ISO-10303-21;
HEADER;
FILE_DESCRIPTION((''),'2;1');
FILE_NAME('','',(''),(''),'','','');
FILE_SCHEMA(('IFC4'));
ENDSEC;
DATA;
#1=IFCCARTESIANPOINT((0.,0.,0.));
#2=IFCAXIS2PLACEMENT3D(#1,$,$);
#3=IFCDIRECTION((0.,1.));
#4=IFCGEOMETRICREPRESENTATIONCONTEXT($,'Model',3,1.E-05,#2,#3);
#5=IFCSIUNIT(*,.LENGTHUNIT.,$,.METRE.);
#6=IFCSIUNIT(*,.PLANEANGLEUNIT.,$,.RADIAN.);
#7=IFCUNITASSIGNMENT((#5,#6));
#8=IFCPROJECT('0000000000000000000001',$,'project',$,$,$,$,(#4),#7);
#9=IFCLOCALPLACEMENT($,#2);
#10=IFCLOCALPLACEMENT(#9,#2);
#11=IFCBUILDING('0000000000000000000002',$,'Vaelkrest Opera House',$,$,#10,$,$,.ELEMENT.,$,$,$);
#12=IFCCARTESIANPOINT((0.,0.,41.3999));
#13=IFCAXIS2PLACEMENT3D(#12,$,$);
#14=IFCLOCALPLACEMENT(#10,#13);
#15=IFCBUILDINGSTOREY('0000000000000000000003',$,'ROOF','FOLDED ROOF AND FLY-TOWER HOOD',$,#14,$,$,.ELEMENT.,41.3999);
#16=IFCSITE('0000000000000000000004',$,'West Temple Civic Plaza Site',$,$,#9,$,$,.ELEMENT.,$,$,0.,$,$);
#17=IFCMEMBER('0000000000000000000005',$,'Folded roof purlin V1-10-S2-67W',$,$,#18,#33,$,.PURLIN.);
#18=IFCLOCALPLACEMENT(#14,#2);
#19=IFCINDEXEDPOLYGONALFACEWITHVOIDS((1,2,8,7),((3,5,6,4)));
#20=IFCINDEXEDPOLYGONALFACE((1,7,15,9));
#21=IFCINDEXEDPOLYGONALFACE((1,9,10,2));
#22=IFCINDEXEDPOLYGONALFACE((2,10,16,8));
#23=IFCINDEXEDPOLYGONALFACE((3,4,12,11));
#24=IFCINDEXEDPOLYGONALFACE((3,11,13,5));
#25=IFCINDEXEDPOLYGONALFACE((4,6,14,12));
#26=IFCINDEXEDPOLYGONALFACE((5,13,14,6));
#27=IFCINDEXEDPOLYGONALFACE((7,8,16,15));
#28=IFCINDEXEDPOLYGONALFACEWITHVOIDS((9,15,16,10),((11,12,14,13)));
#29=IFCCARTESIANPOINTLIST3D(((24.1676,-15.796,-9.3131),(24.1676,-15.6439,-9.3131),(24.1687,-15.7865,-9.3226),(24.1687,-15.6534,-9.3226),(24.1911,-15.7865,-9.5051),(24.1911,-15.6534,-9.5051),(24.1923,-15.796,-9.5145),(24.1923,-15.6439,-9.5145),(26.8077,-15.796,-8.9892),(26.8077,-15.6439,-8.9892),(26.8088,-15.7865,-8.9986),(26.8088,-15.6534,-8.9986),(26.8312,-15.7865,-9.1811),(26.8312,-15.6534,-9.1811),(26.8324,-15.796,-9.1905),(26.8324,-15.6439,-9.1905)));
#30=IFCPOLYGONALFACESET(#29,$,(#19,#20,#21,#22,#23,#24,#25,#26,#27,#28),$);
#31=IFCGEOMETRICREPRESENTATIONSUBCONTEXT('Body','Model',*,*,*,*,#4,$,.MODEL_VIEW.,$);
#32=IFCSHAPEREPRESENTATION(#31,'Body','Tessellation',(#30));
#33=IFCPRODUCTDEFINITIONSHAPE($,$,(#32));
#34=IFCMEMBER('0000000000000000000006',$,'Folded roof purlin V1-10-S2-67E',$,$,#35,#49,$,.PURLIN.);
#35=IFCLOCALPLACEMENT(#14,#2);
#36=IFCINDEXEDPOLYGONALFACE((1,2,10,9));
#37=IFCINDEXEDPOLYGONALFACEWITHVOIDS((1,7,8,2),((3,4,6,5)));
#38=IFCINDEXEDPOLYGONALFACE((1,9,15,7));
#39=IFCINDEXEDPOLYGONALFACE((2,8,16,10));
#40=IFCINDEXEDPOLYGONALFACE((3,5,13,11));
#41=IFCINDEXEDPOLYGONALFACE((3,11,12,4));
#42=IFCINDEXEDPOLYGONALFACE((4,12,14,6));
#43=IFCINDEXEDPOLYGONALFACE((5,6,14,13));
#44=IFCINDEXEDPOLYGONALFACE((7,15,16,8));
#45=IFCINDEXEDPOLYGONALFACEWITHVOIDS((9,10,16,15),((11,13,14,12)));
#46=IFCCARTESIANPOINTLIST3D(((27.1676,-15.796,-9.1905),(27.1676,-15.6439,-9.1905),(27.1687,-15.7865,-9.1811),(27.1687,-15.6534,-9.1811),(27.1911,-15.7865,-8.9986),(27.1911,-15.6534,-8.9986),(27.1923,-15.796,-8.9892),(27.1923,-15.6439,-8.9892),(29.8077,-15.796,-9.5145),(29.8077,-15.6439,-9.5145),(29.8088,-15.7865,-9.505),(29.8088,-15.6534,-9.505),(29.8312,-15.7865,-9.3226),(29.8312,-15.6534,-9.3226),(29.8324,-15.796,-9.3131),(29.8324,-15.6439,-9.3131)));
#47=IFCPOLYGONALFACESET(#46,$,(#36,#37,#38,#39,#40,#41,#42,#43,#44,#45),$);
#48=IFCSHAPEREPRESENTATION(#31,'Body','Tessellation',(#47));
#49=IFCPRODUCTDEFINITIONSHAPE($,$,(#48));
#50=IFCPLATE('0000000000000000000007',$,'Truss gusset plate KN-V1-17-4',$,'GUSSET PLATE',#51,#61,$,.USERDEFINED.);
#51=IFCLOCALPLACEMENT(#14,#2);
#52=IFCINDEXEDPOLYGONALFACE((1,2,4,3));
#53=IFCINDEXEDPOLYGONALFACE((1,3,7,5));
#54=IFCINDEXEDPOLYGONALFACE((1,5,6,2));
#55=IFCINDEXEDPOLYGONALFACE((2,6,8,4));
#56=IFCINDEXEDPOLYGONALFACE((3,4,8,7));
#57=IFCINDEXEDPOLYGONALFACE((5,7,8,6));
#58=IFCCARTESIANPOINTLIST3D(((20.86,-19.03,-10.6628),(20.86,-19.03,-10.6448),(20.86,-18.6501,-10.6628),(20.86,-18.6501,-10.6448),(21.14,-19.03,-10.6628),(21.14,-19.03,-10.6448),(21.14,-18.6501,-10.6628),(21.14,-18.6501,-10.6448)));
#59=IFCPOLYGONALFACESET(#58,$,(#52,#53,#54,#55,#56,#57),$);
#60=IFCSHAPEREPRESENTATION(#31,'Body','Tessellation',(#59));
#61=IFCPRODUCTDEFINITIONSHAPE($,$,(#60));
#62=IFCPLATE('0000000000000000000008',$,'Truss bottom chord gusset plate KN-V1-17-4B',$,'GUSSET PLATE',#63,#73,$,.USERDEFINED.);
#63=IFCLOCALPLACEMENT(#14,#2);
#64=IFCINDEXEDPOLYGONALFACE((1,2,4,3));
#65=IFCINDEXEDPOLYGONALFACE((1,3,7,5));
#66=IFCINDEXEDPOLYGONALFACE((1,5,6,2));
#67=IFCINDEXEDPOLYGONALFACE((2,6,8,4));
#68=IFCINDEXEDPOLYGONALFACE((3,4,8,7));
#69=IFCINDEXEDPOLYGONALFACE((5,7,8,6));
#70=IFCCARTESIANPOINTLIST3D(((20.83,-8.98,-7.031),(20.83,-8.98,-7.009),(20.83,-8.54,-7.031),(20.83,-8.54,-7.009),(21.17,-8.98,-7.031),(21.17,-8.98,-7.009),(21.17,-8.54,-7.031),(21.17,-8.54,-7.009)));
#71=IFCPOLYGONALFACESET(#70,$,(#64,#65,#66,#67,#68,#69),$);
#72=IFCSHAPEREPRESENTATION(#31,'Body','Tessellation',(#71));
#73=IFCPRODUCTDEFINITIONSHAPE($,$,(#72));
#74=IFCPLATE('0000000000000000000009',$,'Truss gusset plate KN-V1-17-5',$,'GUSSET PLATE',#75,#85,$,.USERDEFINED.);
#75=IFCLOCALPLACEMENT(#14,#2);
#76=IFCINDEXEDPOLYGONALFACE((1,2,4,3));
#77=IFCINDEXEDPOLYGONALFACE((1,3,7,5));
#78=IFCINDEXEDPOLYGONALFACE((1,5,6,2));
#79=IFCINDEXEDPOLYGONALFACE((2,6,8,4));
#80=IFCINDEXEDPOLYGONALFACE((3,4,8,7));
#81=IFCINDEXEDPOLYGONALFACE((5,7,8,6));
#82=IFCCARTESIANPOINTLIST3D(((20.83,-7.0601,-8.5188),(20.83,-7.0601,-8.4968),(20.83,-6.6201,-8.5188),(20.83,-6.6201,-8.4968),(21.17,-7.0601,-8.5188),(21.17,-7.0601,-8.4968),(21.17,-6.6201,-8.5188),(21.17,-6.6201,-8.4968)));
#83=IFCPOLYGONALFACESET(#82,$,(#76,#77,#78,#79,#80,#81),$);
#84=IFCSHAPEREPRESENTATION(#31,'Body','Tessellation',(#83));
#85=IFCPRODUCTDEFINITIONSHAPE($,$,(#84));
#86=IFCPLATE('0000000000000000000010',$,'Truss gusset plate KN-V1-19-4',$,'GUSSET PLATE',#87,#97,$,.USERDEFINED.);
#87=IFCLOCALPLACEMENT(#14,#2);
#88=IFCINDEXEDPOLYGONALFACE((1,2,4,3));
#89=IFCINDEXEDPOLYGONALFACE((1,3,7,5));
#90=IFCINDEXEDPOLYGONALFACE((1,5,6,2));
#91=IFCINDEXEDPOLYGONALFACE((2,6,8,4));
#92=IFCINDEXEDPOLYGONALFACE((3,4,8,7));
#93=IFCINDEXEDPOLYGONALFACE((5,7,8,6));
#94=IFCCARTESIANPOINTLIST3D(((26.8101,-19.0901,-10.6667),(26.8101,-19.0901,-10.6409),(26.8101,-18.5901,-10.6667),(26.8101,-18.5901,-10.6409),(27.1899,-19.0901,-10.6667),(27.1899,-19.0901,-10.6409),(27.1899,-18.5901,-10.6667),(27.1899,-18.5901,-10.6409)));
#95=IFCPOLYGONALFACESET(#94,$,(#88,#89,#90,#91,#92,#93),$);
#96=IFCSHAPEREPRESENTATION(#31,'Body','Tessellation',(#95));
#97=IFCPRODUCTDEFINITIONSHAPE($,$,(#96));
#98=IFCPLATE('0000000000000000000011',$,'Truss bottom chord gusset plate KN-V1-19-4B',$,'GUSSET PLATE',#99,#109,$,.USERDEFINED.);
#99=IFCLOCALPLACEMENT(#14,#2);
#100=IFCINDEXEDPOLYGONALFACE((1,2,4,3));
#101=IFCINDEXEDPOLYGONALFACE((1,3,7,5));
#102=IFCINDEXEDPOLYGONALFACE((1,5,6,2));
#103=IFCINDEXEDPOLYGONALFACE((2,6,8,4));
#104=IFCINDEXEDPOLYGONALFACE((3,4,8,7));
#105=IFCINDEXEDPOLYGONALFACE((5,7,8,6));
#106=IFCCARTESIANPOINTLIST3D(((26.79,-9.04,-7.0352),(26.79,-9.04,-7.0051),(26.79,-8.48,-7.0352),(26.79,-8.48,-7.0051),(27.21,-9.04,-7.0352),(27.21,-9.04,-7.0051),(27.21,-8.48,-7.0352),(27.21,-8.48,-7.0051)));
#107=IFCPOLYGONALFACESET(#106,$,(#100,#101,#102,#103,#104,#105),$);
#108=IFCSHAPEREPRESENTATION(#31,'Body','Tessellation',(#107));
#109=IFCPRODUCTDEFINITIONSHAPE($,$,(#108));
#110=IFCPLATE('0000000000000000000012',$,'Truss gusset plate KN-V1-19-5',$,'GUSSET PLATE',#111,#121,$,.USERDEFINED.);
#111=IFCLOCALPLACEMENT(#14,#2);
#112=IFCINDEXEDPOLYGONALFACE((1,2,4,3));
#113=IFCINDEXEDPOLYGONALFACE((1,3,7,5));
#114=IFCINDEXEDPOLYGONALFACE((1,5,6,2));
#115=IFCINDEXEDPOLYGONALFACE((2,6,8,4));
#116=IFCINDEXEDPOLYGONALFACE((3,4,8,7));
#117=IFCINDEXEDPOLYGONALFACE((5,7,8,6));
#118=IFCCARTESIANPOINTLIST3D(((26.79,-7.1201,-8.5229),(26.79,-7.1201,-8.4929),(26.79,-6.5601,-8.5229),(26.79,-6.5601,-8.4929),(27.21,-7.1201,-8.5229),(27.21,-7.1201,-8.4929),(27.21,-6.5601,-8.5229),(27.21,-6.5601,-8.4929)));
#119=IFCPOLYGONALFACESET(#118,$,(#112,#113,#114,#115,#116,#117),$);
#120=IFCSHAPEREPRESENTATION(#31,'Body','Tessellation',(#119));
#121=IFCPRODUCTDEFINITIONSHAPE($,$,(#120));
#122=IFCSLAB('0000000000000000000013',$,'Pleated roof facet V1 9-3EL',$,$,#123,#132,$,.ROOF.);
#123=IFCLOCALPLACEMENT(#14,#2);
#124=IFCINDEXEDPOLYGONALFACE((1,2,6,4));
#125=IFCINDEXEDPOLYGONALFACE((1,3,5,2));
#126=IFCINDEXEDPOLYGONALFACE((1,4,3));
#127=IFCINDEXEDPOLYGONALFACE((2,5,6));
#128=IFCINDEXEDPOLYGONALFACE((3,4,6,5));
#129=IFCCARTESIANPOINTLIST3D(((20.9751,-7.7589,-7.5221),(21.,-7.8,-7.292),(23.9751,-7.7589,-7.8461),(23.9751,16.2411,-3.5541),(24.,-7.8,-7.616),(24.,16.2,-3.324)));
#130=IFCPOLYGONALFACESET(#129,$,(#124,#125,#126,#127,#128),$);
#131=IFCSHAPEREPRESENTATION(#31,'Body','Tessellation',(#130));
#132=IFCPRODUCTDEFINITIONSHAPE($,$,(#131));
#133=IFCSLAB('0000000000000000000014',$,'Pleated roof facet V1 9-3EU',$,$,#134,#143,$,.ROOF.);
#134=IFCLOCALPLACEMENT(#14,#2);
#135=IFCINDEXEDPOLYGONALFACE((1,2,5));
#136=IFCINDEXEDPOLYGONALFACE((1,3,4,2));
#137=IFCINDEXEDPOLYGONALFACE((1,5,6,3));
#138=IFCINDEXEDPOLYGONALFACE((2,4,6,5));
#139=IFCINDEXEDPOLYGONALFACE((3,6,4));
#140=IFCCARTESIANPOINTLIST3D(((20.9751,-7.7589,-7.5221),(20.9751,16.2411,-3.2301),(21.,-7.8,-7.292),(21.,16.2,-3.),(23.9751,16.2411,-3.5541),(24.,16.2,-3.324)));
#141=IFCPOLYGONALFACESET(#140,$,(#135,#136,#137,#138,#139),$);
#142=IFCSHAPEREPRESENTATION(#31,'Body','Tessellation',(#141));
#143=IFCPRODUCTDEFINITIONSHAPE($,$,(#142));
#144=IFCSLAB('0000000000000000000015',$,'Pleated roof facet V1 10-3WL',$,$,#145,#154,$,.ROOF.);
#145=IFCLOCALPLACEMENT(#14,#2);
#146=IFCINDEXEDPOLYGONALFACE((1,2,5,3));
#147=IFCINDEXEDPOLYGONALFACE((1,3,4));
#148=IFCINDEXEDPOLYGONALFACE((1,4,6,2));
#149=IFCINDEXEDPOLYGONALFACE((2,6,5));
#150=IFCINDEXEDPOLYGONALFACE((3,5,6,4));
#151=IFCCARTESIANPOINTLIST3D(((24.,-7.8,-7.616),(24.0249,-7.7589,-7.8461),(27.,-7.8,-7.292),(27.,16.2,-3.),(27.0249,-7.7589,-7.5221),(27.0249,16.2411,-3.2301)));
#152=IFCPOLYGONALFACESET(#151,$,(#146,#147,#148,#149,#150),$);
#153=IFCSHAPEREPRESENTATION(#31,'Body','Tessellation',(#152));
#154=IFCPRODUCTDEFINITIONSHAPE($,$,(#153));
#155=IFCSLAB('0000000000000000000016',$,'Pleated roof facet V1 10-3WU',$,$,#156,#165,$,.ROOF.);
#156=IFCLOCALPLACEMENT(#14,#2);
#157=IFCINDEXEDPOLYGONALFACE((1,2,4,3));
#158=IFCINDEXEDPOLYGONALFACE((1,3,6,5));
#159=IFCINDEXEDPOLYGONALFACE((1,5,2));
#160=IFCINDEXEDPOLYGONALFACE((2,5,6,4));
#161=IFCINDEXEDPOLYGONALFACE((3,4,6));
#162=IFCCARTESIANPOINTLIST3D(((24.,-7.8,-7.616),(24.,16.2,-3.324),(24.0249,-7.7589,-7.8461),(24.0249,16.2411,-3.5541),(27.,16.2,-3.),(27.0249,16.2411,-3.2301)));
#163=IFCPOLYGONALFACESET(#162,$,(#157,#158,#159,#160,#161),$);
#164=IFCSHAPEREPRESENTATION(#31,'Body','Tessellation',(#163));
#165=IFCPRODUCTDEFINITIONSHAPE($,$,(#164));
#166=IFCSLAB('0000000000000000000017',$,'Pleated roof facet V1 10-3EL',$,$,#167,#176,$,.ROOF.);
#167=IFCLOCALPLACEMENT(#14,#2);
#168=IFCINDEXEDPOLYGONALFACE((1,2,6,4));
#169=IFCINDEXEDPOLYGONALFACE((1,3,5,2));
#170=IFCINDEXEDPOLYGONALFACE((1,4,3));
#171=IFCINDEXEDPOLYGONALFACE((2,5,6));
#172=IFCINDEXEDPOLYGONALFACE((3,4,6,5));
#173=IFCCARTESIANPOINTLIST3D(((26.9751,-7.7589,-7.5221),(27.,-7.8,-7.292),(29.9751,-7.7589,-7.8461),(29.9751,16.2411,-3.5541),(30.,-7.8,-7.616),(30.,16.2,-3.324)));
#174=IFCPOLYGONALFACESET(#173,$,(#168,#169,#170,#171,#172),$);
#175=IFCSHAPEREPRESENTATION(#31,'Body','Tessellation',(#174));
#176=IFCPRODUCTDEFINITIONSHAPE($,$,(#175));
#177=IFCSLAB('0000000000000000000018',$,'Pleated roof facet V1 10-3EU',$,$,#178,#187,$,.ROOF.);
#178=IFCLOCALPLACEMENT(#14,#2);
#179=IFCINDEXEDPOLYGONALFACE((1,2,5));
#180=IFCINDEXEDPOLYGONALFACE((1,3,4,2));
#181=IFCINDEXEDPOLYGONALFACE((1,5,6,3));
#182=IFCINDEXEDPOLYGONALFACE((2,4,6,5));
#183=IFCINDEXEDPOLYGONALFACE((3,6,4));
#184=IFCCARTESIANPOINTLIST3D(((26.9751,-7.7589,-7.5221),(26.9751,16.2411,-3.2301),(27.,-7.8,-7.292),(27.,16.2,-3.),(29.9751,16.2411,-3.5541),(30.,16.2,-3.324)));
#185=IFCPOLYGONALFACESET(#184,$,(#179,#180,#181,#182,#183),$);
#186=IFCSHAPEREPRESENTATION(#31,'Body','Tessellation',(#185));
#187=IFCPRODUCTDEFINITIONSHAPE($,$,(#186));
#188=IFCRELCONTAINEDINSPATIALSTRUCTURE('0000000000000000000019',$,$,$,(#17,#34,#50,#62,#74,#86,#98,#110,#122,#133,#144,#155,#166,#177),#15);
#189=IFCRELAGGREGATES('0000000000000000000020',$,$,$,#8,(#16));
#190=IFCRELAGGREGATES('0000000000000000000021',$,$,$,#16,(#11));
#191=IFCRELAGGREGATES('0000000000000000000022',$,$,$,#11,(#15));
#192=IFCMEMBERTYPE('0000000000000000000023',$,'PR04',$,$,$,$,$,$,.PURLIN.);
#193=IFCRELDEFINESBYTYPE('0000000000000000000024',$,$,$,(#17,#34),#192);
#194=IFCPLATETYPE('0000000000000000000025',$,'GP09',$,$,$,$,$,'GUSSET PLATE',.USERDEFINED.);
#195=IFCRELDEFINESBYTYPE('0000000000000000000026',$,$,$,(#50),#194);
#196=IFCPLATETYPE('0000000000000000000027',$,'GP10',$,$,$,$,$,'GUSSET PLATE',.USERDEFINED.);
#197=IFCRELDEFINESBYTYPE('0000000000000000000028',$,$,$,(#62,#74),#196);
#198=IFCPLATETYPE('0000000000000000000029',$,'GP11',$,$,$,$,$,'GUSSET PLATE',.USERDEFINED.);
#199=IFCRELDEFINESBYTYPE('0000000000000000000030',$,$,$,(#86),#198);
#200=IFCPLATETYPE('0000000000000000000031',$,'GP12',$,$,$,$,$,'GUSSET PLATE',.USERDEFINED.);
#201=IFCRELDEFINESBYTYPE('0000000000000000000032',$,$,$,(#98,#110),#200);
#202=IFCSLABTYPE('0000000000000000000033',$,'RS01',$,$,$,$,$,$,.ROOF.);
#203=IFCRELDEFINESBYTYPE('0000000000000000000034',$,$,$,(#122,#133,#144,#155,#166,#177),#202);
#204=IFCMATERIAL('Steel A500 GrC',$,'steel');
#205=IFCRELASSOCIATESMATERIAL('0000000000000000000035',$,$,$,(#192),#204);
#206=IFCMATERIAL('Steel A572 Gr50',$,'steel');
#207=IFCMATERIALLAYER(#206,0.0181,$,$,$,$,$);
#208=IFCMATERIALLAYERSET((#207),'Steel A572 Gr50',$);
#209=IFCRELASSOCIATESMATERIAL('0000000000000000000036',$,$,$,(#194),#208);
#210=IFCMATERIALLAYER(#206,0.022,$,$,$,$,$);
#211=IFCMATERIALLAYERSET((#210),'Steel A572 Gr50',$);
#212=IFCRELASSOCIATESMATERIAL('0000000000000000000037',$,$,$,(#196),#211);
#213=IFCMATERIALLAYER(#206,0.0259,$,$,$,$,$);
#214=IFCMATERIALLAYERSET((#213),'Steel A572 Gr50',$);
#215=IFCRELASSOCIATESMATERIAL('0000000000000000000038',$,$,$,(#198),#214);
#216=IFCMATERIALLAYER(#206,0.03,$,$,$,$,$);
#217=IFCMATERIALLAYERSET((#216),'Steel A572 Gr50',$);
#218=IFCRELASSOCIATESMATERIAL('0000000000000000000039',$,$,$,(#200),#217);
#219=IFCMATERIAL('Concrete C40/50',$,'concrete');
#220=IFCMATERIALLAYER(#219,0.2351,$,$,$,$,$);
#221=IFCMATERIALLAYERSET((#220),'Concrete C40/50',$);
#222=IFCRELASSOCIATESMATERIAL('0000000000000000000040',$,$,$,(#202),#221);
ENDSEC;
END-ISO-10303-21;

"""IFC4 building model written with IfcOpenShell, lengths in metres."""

from ifc_helpers import new_model, si_unit, direction, frame, origin, origin_2d, place, context, subcontext, project, spatial, polyline, rectangle, hollow_rectangle, outline, extrude, material, layer, layer_set, material_profile, profile_set, type_object, element, save


model = new_model("IFC4")

# Units and contexts
model_context = context("Model", 3, precision=1e-05, world=origin(), true_north=direction((0.0, 1.0)))
body_context = subcontext(model_context, "Body", "Model", "MODEL_VIEW")
ifc_project = project(units=[si_unit("LENGTHUNIT", "METRE"), si_unit("PLANEANGLEUNIT", "RADIAN")], contexts=[model_context])

# Site, building, storey
site_placement = place(None, origin())
site = spatial("IfcSite", under=ifc_project, at=site_placement, Name="West Temple Civic Plaza Site", CompositionType="ELEMENT", RefElevation=0.0)
building_placement = place(site_placement, origin())
building = spatial("IfcBuilding", under=site, at=building_placement, Name="Vaelkrest Opera House", CompositionType="ELEMENT")
storey_placement = place(building_placement, frame((0.0, 0.0, 41.3999)))
storey = spatial("IfcBuildingStorey", under=building, at=storey_placement, Name="ROOF", Description="FOLDED ROOF AND FLY-TOWER HOOD", CompositionType="ELEMENT", Elevation=41.3999)

# Members
ifc_material_1 = material(Name="Steel A500 GrC", Category="steel")
ifc_material_profile_1 = material_profile(ifc_material_1, hollow_rectangle(XDim=0.1521, YDim=0.2029, WallThickness=0.0095, at=origin_2d()), Name="HSS203X152X9.5")
ifc_profile_set_1 = profile_set([ifc_material_profile_1], Name="Steel A500 GrC")
member_type_1 = type_object("IfcMemberType", Name="PR04", PredefinedType="PURLIN", material=ifc_profile_set_1)
for number, where, z_axis, x_axis, name in (
    (1, (24.1799, -15.72, -9.4138), (0.992555, 0.0, 0.121798), (0.0, 1.0, 0.0), "Folded roof purlin V1-10-S2-67W"),
    (2, (27.1799, -15.72, -9.0898), (0.992555, 0.0, -0.121798), (0.0, 1.0, 0.0), "Folded roof purlin V1-10-S2-67E"),
):
    element("IfcMember", number, at=place(storey_placement, frame(where, z_axis=z_axis, x_axis=x_axis)), inside=storey, type_object=member_type_1, Name=name, PredefinedType="PURLIN", context=body_context, shape_type="SweptSolid", body=[
        extrude(hollow_rectangle(XDim=0.1521, YDim=0.2029, WallThickness=0.0095, at=origin_2d()), origin(), (0.0, 0.0, 1.0), 2.6599),
    ])

# Plates
ifc_material_2 = material(Name="Steel A572 Gr50", Category="steel")
ifc_layer_1 = layer(ifc_material_2, 0.0181)
ifc_layer_set_1 = layer_set([ifc_layer_1], Name="Steel A572 Gr50")
plate_type_1 = type_object("IfcPlateType", Name="GP09", ElementType="GUSSET PLATE", PredefinedType="USERDEFINED", material=ifc_layer_set_1)
plate_1_placement = place(storey_placement, frame((21.0, -18.8401, -10.6628), z_axis=(0.0, 0.0, 1.0), x_axis=(0.0, 1.0, 0.0)))
element("IfcPlate", 3, at=plate_1_placement, inside=storey, type_object=plate_type_1, Name="Truss gusset plate KN-V1-17-4", ObjectType="GUSSET PLATE", PredefinedType="USERDEFINED", context=body_context, shape_type="SweptSolid", body=[
    extrude(rectangle(XDim=0.3799, YDim=0.28, at=origin_2d()), origin(), (0.0, 0.0, 1.0), 0.0181),
])
ifc_layer_2 = layer(ifc_material_2, 0.022)
ifc_layer_set_2 = layer_set([ifc_layer_2], Name="Steel A572 Gr50")
plate_type_2 = type_object("IfcPlateType", Name="GP10", ElementType="GUSSET PLATE", PredefinedType="USERDEFINED", material=ifc_layer_set_2)
for number, where, z_axis, x_axis, name in (
    (4, (21.0, -8.76, -7.031), (0.0, 0.0, 1.0), (0.0, 1.0, 0.0), "Truss bottom chord gusset plate KN-V1-17-4B"),
    (5, (21.0, -6.8401, -8.5188), (0.0, 0.0, 1.0), (0.0, 1.0, 0.0), "Truss gusset plate KN-V1-17-5"),
):
    element("IfcPlate", number, at=place(storey_placement, frame(where, z_axis=z_axis, x_axis=x_axis)), inside=storey, type_object=plate_type_2, Name=name, ObjectType="GUSSET PLATE", PredefinedType="USERDEFINED", context=body_context, shape_type="SweptSolid", body=[
        extrude(rectangle(XDim=0.4399, YDim=0.3401, at=origin_2d()), origin(), (0.0, 0.0, 1.0), 0.022),
    ])
ifc_layer_3 = layer(ifc_material_2, 0.0259)
ifc_layer_set_3 = layer_set([ifc_layer_3], Name="Steel A572 Gr50")
plate_type_3 = type_object("IfcPlateType", Name="GP11", ElementType="GUSSET PLATE", PredefinedType="USERDEFINED", material=ifc_layer_set_3)
plate_2_placement = place(storey_placement, frame((27.0, -18.8401, -10.6667), z_axis=(0.0, 0.0, 1.0), x_axis=(0.0, 1.0, 0.0)))
element("IfcPlate", 6, at=plate_2_placement, inside=storey, type_object=plate_type_3, Name="Truss gusset plate KN-V1-19-4", ObjectType="GUSSET PLATE", PredefinedType="USERDEFINED", context=body_context, shape_type="SweptSolid", body=[
    extrude(rectangle(XDim=0.5, YDim=0.3799, at=origin_2d()), origin(), (0.0, 0.0, 1.0), 0.0259),
])
ifc_layer_4 = layer(ifc_material_2, 0.03)
ifc_layer_set_4 = layer_set([ifc_layer_4], Name="Steel A572 Gr50")
plate_type_4 = type_object("IfcPlateType", Name="GP12", ElementType="GUSSET PLATE", PredefinedType="USERDEFINED", material=ifc_layer_set_4)
for number, where, z_axis, x_axis, name in (
    (7, (27.0, -8.76, -7.0352), (0.0, 0.0, 1.0), (0.0, 1.0, 0.0), "Truss bottom chord gusset plate KN-V1-19-4B"),
    (8, (27.0, -6.8401, -8.5229), (0.0, 0.0, 1.0), (0.0, 1.0, 0.0), "Truss gusset plate KN-V1-19-5"),
):
    element("IfcPlate", number, at=place(storey_placement, frame(where, z_axis=z_axis, x_axis=x_axis)), inside=storey, type_object=plate_type_4, Name=name, ObjectType="GUSSET PLATE", PredefinedType="USERDEFINED", context=body_context, shape_type="SweptSolid", body=[
        extrude(rectangle(XDim=0.5601, YDim=0.4199, at=origin_2d()), origin(), (0.0, 0.0, 1.0), 0.03),
    ])

# Slabs
ifc_material_3 = material(Name="Concrete C40/50", Category="concrete")
ifc_layer_5 = layer(ifc_material_3, 0.2351)
ifc_layer_set_5 = layer_set([ifc_layer_5], Name="Concrete C40/50")
slab_type = type_object("IfcSlabType", Name="RS01", PredefinedType="ROOF", material=ifc_layer_set_5)
slab_1_placement = place(storey_placement, frame((21.0, -7.8, -7.292), z_axis=(0.105709, -0.175054, 0.978868), x_axis=(0.994219, 0.0, -0.107367)))
element("IfcSlab", 9, at=slab_1_placement, inside=storey, type_object=slab_type, Name="Pleated roof facet V1 9-3EL", PredefinedType="ROOF", context=body_context, shape_type="SweptSolid", body=[
    extrude(outline(polyline([(0.0, 0.0), (3.0174, 0.0), (2.5566, 24.3764), (0.0, 0.0)])), origin(), (0.0, 0.0, -1.0), 0.2351),
])
slab_2_placement = place(storey_placement, frame((21.0, -7.8, -7.292), z_axis=(0.105709, -0.175054, 0.978868), x_axis=(0.122399, 0.979188, 0.161893)))
element("IfcSlab", 10, at=slab_2_placement, inside=storey, type_object=slab_type, Name="Pleated roof facet V1 9-3EU", PredefinedType="ROOF", context=body_context, shape_type="SweptSolid", body=[
    extrude(outline(polyline([(0.0, 0.0), (24.5101, 0.0), (24.1954, 3.001), (0.0, 0.0)])), origin(), (0.0, 0.0, -1.0), 0.2351),
])
slab_3_placement = place(storey_placement, frame((24.0, -7.8, -7.616), z_axis=(-0.105709, -0.175054, 0.978868), x_axis=(0.994219, 0.0, 0.107367)))
element("IfcSlab", 11, at=slab_3_placement, inside=storey, type_object=slab_type, Name="Pleated roof facet V1 10-3WL", PredefinedType="ROOF", context=body_context, shape_type="SweptSolid", body=[
    extrude(outline(polyline([(0.0, 0.0), (3.0174, 0.0), (3.4783, 24.3764), (0.0, 0.0)])), origin(), (0.0, 0.0, -1.0), 0.2351),
])
slab_4_placement = place(storey_placement, frame((24.0, -7.8, -7.616), z_axis=(-0.105709, -0.175054, 0.978868), x_axis=(0.121836, 0.974686, 0.187463)))
element("IfcSlab", 12, at=slab_4_placement, inside=storey, type_object=slab_type, Name="Pleated roof facet V1 10-3WU", PredefinedType="ROOF", context=body_context, shape_type="SweptSolid", body=[
    extrude(outline(polyline([(0.0, 0.0), (24.6233, 0.0), (24.1971, 2.9872), (0.0, 0.0)])), origin(), (0.0, 0.0, -1.0), 0.2351),
])
slab_5_placement = place(storey_placement, frame((27.0, -7.8, -7.292), z_axis=(0.105709, -0.175054, 0.978868), x_axis=(0.994219, 0.0, -0.107367)))
element("IfcSlab", 13, at=slab_5_placement, inside=storey, type_object=slab_type, Name="Pleated roof facet V1 10-3EL", PredefinedType="ROOF", context=body_context, shape_type="SweptSolid", body=[
    extrude(outline(polyline([(0.0, 0.0), (3.0174, 0.0), (2.5566, 24.3764), (0.0, 0.0)])), origin(), (0.0, 0.0, -1.0), 0.2351),
])
slab_6_placement = place(storey_placement, frame((27.0, -7.8, -7.292), z_axis=(0.105709, -0.175054, 0.978868), x_axis=(0.122399, 0.979188, 0.161893)))
element("IfcSlab", 14, at=slab_6_placement, inside=storey, type_object=slab_type, Name="Pleated roof facet V1 10-3EU", PredefinedType="ROOF", context=body_context, shape_type="SweptSolid", body=[
    extrude(outline(polyline([(0.0, 0.0), (24.5101, 0.0), (24.1954, 3.001), (0.0, 0.0)])), origin(), (0.0, 0.0, -1.0), 0.2351),
])

save(model, "model.ifc")
